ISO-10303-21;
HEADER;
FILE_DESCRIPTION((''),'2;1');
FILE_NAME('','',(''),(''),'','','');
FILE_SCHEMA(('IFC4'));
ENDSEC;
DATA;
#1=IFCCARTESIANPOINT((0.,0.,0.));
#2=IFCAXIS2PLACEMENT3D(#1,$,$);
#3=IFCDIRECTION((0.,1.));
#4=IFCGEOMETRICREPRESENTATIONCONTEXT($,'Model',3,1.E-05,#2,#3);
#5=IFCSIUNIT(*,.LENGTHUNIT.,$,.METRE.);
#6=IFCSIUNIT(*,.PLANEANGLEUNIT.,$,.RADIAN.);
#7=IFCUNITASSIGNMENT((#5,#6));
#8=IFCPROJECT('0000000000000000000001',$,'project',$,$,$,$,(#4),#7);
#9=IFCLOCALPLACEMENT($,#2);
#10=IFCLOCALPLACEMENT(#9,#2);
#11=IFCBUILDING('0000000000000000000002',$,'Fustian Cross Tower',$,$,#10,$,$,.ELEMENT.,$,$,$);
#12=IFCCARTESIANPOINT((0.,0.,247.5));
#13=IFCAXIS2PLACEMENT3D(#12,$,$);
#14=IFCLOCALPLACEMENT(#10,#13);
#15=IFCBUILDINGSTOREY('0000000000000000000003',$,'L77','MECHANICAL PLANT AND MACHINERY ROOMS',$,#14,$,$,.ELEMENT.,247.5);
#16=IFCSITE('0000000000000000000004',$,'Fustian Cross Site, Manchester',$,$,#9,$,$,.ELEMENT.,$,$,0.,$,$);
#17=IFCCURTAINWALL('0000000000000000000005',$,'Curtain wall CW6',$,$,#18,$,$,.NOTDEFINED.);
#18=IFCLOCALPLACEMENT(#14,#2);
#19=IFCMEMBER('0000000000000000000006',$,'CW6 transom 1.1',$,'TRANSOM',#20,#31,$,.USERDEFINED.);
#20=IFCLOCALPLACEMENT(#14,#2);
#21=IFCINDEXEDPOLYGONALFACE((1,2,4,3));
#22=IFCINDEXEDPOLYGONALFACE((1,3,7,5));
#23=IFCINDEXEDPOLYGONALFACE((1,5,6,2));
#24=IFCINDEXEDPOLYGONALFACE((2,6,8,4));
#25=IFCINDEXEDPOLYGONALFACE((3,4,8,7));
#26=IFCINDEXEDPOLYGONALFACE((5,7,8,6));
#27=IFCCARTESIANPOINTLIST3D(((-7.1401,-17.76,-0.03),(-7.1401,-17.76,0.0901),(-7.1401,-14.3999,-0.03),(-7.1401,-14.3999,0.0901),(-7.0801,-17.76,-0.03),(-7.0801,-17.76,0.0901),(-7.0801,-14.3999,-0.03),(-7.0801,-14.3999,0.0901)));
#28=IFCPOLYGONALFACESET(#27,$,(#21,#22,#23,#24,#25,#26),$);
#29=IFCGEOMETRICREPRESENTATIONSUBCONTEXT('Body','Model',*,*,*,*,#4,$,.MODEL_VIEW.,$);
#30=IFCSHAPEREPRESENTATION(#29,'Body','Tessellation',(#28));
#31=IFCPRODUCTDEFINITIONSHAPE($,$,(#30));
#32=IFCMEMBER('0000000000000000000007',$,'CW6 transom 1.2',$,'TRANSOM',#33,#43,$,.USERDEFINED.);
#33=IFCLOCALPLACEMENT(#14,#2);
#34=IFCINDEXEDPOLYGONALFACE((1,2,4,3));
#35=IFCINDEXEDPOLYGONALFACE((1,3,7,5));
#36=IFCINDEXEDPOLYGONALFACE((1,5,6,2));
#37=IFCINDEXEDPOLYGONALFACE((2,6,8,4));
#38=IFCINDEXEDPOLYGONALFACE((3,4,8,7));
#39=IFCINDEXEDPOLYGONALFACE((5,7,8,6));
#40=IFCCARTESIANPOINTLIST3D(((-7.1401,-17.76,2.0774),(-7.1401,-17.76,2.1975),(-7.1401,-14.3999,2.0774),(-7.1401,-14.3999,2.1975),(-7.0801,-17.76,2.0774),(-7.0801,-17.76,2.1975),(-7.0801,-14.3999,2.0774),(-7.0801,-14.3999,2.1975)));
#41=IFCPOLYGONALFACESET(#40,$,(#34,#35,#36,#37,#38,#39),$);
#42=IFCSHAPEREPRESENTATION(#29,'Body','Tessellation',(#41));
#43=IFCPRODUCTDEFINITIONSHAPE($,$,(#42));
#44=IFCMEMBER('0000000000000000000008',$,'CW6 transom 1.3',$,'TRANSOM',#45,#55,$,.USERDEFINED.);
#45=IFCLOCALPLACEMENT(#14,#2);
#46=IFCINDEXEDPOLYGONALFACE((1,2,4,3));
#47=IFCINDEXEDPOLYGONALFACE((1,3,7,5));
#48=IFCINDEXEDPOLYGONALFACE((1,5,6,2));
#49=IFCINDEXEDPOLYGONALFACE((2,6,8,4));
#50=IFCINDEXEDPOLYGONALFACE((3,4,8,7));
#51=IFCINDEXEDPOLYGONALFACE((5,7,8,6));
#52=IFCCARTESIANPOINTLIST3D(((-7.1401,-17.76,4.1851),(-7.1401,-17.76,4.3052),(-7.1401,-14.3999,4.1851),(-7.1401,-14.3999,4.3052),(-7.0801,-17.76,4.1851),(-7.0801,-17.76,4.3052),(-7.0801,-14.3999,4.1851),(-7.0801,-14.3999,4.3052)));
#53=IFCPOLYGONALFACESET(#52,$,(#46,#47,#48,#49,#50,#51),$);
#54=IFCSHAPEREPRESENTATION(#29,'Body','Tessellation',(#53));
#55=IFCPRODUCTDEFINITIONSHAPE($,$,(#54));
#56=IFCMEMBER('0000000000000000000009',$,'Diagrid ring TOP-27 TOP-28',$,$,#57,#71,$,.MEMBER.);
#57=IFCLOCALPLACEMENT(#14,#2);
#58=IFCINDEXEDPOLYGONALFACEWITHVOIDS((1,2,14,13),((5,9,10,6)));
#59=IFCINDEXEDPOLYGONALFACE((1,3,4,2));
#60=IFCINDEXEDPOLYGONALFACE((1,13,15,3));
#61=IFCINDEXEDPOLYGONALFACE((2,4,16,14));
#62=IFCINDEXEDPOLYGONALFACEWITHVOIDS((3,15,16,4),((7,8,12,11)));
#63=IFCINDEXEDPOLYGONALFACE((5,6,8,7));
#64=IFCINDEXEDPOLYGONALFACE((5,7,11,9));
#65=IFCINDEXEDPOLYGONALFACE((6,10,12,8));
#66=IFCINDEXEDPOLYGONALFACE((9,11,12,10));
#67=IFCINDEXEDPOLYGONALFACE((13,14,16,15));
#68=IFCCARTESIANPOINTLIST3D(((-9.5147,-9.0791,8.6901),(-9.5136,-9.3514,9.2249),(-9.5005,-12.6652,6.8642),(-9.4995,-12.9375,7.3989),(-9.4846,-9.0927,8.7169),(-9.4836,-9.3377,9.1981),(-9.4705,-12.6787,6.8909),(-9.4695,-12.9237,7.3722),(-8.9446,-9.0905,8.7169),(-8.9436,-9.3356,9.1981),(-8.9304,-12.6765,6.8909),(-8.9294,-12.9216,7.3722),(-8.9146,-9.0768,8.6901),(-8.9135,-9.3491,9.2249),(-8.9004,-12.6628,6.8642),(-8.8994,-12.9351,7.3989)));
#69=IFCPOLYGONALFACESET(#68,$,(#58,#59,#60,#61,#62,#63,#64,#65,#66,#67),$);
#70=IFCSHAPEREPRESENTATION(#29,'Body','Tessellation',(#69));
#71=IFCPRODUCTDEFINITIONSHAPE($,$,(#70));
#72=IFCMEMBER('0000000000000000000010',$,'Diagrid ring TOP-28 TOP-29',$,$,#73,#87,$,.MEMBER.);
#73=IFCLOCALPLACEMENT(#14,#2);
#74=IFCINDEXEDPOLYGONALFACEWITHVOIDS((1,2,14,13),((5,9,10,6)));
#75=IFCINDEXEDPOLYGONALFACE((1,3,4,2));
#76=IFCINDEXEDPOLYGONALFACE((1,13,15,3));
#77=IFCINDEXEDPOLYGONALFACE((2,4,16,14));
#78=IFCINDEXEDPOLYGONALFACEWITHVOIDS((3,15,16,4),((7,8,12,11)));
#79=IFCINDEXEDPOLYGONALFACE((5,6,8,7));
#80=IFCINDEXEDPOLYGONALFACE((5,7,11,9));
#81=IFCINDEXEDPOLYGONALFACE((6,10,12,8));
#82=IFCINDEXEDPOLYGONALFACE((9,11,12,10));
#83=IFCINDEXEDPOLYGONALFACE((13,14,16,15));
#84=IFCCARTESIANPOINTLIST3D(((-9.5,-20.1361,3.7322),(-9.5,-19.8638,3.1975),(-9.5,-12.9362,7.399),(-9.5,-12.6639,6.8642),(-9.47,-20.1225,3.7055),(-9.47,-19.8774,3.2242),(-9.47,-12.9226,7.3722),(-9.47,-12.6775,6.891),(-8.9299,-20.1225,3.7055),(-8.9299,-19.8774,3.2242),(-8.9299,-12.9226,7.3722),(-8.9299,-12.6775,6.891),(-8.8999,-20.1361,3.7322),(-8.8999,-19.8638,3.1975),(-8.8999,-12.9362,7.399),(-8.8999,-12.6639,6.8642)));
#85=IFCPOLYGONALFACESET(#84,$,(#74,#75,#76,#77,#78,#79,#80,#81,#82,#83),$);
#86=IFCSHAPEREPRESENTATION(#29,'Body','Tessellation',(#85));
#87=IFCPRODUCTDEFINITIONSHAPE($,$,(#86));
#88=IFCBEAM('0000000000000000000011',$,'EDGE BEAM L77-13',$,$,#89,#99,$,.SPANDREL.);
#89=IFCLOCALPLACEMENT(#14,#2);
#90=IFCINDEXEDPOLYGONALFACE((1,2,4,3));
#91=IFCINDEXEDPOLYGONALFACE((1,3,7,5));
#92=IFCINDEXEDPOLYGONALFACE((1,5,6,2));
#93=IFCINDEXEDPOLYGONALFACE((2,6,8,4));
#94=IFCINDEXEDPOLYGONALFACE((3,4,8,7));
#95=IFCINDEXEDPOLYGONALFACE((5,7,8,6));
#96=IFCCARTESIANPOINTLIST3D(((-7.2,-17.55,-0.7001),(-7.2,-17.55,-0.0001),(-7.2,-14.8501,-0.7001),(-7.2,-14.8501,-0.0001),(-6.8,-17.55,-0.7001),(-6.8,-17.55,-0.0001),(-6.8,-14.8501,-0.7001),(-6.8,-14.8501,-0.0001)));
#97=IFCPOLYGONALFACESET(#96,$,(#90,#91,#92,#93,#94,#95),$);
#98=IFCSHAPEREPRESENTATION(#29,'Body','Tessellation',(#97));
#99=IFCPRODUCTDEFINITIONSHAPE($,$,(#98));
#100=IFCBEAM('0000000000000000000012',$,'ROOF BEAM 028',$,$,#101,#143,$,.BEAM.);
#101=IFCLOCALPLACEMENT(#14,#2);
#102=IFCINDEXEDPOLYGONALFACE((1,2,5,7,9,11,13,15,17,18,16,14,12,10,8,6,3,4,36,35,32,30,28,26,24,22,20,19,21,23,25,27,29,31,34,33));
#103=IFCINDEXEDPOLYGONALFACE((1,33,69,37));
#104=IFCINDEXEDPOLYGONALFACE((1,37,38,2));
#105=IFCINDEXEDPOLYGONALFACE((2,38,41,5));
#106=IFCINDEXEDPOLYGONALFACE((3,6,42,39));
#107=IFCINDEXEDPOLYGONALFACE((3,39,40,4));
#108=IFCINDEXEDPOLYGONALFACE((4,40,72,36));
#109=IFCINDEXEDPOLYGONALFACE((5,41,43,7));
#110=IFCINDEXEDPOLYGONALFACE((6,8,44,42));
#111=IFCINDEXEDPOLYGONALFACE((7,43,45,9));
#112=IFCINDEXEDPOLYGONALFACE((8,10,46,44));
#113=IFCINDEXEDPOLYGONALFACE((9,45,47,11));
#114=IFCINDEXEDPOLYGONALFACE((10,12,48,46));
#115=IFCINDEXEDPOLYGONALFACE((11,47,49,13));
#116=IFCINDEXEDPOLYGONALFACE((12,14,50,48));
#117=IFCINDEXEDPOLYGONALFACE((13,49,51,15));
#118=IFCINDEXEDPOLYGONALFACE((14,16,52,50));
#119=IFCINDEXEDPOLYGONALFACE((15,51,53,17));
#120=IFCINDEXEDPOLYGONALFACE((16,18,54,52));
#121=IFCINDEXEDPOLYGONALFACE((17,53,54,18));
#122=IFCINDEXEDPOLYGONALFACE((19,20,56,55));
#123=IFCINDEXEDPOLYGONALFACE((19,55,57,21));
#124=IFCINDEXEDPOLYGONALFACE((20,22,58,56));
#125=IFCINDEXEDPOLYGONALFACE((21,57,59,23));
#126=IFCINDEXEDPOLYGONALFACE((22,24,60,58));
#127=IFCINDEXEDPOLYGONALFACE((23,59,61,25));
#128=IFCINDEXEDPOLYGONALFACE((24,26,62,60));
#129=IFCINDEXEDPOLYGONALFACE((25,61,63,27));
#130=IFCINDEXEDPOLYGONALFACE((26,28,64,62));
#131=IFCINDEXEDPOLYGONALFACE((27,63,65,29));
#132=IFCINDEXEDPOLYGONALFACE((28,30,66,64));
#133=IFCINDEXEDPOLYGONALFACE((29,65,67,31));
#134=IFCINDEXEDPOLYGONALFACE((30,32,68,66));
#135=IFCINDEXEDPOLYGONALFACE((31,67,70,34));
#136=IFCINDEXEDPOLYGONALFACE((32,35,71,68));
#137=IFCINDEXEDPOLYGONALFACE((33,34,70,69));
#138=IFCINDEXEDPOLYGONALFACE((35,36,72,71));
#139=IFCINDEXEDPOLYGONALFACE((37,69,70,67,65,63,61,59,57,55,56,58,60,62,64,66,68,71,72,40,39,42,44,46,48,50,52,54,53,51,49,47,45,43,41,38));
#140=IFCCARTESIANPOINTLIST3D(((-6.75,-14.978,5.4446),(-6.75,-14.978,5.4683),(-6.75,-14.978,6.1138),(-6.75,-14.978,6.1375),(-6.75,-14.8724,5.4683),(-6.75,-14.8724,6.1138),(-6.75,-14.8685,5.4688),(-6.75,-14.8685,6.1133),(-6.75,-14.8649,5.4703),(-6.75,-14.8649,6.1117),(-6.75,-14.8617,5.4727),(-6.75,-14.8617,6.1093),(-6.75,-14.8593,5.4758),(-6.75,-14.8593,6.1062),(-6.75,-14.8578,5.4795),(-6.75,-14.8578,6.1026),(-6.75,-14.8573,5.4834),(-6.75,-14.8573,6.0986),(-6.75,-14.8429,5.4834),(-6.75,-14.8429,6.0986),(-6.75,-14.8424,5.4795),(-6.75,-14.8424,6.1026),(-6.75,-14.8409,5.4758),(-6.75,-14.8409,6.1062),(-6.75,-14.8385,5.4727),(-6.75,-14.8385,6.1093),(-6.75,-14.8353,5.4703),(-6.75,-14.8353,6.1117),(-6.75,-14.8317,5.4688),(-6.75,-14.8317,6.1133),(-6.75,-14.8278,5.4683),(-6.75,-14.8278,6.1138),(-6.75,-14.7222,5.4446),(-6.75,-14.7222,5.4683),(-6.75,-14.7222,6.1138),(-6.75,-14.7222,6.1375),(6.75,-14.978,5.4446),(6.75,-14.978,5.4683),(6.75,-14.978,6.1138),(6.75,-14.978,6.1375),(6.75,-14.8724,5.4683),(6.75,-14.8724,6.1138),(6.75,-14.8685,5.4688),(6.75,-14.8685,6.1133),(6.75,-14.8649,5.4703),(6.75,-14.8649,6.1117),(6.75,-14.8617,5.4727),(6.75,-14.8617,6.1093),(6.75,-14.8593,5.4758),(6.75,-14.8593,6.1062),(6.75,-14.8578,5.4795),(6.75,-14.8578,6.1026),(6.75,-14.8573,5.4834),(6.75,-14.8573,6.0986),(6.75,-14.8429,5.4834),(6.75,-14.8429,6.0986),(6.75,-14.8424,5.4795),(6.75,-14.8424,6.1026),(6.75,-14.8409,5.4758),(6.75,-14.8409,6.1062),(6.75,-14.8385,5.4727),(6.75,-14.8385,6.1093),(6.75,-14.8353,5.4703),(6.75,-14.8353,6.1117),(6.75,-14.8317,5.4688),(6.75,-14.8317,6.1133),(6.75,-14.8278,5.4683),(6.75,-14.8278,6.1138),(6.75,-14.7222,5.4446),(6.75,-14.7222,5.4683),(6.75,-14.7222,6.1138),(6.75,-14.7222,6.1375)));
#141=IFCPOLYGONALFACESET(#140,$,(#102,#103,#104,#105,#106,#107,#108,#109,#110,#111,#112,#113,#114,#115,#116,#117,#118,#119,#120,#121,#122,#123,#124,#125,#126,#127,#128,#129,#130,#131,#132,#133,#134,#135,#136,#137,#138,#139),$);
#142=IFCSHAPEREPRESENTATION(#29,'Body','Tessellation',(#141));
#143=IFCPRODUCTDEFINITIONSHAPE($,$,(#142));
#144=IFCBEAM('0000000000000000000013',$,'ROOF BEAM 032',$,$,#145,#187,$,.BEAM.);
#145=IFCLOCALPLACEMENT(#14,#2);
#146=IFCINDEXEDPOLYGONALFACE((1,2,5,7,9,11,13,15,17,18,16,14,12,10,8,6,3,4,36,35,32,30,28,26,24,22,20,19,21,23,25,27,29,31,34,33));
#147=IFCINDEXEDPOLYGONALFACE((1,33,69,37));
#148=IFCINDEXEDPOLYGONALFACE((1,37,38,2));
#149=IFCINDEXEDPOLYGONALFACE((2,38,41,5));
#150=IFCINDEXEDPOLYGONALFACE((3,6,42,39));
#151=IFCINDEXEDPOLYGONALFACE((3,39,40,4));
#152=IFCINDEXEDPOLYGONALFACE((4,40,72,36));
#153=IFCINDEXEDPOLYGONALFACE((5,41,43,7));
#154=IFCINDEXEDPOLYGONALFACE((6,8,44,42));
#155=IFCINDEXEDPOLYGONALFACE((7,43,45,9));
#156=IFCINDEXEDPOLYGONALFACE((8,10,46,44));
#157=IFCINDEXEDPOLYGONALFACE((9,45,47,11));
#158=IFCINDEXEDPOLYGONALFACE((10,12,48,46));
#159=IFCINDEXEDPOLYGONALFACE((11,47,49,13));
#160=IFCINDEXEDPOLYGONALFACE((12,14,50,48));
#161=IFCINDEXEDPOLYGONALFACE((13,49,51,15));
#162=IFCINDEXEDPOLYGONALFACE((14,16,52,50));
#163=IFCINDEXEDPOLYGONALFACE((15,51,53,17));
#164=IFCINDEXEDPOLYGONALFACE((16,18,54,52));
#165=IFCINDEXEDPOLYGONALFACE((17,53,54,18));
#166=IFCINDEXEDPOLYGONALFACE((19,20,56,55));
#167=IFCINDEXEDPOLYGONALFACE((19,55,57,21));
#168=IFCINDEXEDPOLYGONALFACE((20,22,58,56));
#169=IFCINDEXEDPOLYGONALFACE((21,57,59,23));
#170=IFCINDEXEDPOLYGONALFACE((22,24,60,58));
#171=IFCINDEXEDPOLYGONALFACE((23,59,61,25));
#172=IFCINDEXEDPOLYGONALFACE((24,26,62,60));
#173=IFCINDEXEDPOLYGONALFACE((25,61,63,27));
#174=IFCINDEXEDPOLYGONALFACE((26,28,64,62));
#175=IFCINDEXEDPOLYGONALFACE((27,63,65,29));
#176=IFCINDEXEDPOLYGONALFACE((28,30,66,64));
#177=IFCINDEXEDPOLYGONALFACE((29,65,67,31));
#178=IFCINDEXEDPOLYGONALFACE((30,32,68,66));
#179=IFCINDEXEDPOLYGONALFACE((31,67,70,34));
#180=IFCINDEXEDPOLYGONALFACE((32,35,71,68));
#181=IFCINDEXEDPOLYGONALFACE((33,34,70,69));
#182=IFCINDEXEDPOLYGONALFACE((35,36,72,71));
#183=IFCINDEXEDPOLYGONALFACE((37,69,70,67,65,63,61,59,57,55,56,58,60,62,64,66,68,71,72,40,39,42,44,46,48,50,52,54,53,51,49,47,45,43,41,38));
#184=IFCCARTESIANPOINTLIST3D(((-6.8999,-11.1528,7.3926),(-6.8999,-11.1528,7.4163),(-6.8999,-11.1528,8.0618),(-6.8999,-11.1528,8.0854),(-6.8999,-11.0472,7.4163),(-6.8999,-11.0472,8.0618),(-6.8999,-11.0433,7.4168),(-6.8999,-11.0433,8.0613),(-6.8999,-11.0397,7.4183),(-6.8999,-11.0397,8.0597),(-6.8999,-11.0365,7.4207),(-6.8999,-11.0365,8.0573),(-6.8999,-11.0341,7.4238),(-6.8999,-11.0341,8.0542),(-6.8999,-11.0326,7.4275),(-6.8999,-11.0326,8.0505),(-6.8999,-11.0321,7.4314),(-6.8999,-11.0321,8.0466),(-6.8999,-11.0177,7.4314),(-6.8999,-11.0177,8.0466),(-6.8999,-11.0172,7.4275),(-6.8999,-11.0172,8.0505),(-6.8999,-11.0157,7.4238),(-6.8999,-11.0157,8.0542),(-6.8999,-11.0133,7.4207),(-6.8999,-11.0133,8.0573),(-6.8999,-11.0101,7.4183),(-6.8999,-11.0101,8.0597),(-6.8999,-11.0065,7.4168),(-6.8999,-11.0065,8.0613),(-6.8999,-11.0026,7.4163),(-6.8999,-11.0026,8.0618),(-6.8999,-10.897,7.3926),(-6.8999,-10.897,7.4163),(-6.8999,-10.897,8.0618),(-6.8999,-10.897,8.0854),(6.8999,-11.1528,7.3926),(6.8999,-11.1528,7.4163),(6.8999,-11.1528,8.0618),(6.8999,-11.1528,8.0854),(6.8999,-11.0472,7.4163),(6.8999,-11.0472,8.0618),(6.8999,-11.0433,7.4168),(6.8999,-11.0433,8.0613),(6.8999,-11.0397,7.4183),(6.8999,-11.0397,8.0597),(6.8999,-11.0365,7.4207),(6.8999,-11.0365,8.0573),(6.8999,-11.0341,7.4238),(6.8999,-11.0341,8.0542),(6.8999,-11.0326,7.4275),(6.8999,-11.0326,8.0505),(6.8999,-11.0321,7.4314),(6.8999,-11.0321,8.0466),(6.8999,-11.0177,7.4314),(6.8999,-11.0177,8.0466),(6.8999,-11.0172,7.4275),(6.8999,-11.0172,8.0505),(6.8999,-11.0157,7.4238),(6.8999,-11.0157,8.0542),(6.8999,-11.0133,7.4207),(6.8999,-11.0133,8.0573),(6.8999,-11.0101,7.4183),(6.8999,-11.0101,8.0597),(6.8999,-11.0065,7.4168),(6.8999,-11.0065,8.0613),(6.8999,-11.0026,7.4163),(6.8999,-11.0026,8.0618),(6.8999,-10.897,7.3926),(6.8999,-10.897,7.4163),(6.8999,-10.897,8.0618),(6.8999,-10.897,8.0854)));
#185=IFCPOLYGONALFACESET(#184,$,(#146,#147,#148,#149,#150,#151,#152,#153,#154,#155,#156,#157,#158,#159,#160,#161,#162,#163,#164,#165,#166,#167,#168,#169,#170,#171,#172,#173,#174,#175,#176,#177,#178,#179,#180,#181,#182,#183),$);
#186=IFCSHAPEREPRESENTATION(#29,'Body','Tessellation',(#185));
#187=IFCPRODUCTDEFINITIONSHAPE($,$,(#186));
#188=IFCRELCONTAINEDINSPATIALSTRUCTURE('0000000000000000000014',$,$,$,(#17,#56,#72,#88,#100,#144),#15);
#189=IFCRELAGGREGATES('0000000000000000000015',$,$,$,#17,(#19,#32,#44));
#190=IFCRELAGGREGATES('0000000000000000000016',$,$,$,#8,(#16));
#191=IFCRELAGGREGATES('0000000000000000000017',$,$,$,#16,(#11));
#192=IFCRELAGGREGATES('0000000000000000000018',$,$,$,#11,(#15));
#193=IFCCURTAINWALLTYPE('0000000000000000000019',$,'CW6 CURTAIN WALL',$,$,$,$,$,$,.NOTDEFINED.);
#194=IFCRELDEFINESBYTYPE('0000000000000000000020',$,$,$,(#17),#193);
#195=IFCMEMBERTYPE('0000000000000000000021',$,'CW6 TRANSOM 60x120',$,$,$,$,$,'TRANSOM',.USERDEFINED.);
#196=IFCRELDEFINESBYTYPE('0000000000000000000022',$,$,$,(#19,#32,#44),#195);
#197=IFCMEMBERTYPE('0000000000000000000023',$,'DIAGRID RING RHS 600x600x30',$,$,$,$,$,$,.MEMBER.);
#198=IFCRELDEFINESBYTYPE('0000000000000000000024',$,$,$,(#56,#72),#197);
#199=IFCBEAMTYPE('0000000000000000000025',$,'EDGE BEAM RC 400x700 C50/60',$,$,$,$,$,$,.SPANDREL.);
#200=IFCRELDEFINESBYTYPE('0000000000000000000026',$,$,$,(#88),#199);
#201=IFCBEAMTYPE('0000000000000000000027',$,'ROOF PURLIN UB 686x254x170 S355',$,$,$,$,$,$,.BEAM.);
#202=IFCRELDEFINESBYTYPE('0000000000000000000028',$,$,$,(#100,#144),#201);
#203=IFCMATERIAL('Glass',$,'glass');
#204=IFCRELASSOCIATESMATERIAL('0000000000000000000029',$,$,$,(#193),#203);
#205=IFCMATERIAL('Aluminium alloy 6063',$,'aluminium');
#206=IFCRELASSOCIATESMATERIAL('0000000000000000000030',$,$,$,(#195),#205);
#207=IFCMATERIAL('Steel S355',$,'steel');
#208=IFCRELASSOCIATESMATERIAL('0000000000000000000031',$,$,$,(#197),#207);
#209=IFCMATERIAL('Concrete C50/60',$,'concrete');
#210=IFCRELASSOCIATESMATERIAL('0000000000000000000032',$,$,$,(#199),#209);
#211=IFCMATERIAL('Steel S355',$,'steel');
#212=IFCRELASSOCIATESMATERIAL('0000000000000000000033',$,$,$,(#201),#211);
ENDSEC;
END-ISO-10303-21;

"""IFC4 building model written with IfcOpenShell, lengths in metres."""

from ifc_helpers import new_model, si_unit, direction, frame, origin, origin_2d, place, context, subcontext, project, spatial, rectangle, hollow_rectangle, i_section, extrude, material, material_profile, profile_set, type_object, element, aggregate, save


model = new_model("IFC4")

# Units and contexts
model_context = context("Model", 3, precision=1e-05, world=origin(), true_north=direction((0.0, 1.0)))
body_context = subcontext(model_context, "Body", "Model", "MODEL_VIEW")
ifc_project = project(units=[si_unit("LENGTHUNIT", "METRE"), si_unit("PLANEANGLEUNIT", "RADIAN")], contexts=[model_context])

# Site, building, storey
site_placement = place(None, origin())
site = spatial("IfcSite", under=ifc_project, at=site_placement, Name="Fustian Cross Site, Manchester", CompositionType="ELEMENT", RefElevation=0.0)
building_placement = place(site_placement, origin())
building = spatial("IfcBuilding", under=site, at=building_placement, Name="Fustian Cross Tower", CompositionType="ELEMENT")
storey_placement = place(building_placement, frame((0.0, 0.0, 247.5)))
storey = spatial("IfcBuildingStorey", under=building, at=storey_placement, Name="L77", Description="MECHANICAL PLANT AND MACHINERY ROOMS", CompositionType="ELEMENT", Elevation=247.5)

# Shared definitions
ifc_material_1 = material(Name="Glass", Category="glass")
curtain_wall_type = type_object("IfcCurtainWallType", Name="CW6 CURTAIN WALL", PredefinedType="NOTDEFINED", material=ifc_material_1)

# Curtain wall
curtain_wall_1_placement = place(storey_placement, origin())
curtain_wall_1 = element("IfcCurtainWall", 1, at=curtain_wall_1_placement, inside=storey, type_object=curtain_wall_type, Name="Curtain wall CW6", PredefinedType="NOTDEFINED")

# Members
ifc_material_2 = material(Name="Aluminium alloy 6063", Category="aluminium")
ifc_material_profile_1 = material_profile(ifc_material_2, rectangle(XDim=0.0601, YDim=0.1201, at=origin_2d()), Name="CW6 TRANSOM 60x120")
ifc_profile_set_1 = profile_set([ifc_material_profile_1], Name="Aluminium alloy 6063")
member_type_1 = type_object("IfcMemberType", Name="CW6 TRANSOM 60x120", ElementType="TRANSOM", PredefinedType="USERDEFINED", material=ifc_profile_set_1)
member_1_placement = place(storey_placement, frame((-7.1101, -14.3999, 0.03), z_axis=(0.0, -1.0, 0.0), x_axis=(1.0, 0.0, 0.0)))
member_1 = element("IfcMember", 2, at=member_1_placement, type_object=member_type_1, Name="CW6 transom 1.1", ObjectType="TRANSOM", PredefinedType="USERDEFINED", context=body_context, shape_type="SweptSolid", body=[
    extrude(rectangle(XDim=0.0601, YDim=0.1201, at=origin_2d()), origin(), (0.0, 0.0, 1.0), 3.3601),
])
member_2_placement = place(storey_placement, frame((-7.1101, -14.3999, 2.1375), z_axis=(0.0, -1.0, 0.0), x_axis=(1.0, 0.0, 0.0)))
member_2 = element("IfcMember", 3, at=member_2_placement, type_object=member_type_1, Name="CW6 transom 1.2", ObjectType="TRANSOM", PredefinedType="USERDEFINED", context=body_context, shape_type="SweptSolid", body=[
    extrude(rectangle(XDim=0.0601, YDim=0.1201, at=origin_2d()), origin(), (0.0, 0.0, 1.0), 3.3601),
])
member_3_placement = place(storey_placement, frame((-7.1101, -14.3999, 4.2451), z_axis=(0.0, -1.0, 0.0), x_axis=(1.0, 0.0, 0.0)))
member_3 = element("IfcMember", 4, at=member_3_placement, type_object=member_type_1, Name="CW6 transom 1.3", ObjectType="TRANSOM", PredefinedType="USERDEFINED", context=body_context, shape_type="SweptSolid", body=[
    extrude(rectangle(XDim=0.0601, YDim=0.1201, at=origin_2d()), origin(), (0.0, 0.0, 1.0), 3.3601),
])

# Members
ifc_material_3 = material(Name="Steel S355", Category="steel")
ifc_material_profile_2 = material_profile(ifc_material_3, hollow_rectangle(XDim=0.6001, YDim=0.6001, WallThickness=0.03, at=origin_2d()), Name="RHS 600x600x30")
ifc_profile_set_2 = profile_set([ifc_material_profile_2], Name="Steel S355")
member_type_2 = type_object("IfcMemberType", Name="DIAGRID RING RHS 600x600x30", PredefinedType="MEMBER", material=ifc_profile_set_2)
member_4_placement = place(storey_placement, frame((-9.2141, -9.2141, 8.9575), z_axis=(0.003519, -0.891121, -0.453751), x_axis=(0.999992, 0.003949, 0.0)))
element("IfcMember", 5, at=member_4_placement, inside=storey, type_object=member_type_2, Name="Diagrid ring TOP-27 TOP-28", PredefinedType="MEMBER", context=body_context, shape_type="SweptSolid", body=[
    extrude(hollow_rectangle(XDim=0.6001, YDim=0.6001, WallThickness=0.03, at=origin_2d()), origin(), (0.0, 0.0, 1.0), 4.0242),
])
member_5_placement = place(storey_placement, frame((-9.2, -12.8, 7.1316), z_axis=(0.0, -0.891097, -0.453813), x_axis=(1.0, 0.0, 0.0)))
element("IfcMember", 6, at=member_5_placement, inside=storey, type_object=member_type_2, Name="Diagrid ring TOP-28 TOP-29", PredefinedType="MEMBER", context=body_context, shape_type="SweptSolid", body=[
    extrude(hollow_rectangle(XDim=0.6001, YDim=0.6001, WallThickness=0.03, at=origin_2d()), origin(), (0.0, 0.0, 1.0), 8.0798),
])

# Beams
ifc_material_4 = material(Name="Concrete C50/60", Category="concrete")
ifc_material_profile_3 = material_profile(ifc_material_4, rectangle(XDim=0.3999, YDim=0.7, at=origin_2d()), Name="RC 400x700")
ifc_profile_set_3 = profile_set([ifc_material_profile_3], Name="Concrete C50/60")
beam_type_1 = type_object("IfcBeamType", Name="EDGE BEAM RC 400x700 C50/60", PredefinedType="SPANDREL", material=ifc_profile_set_3)
beam_1_placement = place(storey_placement, frame((-7.0, -14.8501, -0.3501), z_axis=(0.0, -1.0, 0.0), x_axis=(1.0, 0.0, 0.0)))
element("IfcBeam", 7, at=beam_1_placement, inside=storey, type_object=beam_type_1, Name="EDGE BEAM L77-13", PredefinedType="SPANDREL", context=body_context, shape_type="SweptSolid", body=[
    extrude(rectangle(XDim=0.3999, YDim=0.7, at=origin_2d()), origin(), (0.0, 0.0, 1.0), 2.7),
])
ifc_material_5 = material(Name="Steel S355", Category="steel")
ifc_material_profile_4 = material_profile(ifc_material_5, i_section(OverallWidth=0.2559, OverallDepth=0.6929, WebThickness=0.0144, FlangeThickness=0.0237, FilletRadius=0.0151, at=origin_2d()), Name="UB 686x254x170")
ifc_profile_set_4 = profile_set([ifc_material_profile_4], Name="Steel S355")
beam_type_2 = type_object("IfcBeamType", Name="ROOF PURLIN UB 686x254x170 S355", PredefinedType="BEAM", material=ifc_profile_set_4)
beam_2_placement = place(storey_placement, frame((-6.75, -14.8501, 5.791), z_axis=(1.0, 0.0, 0.0), x_axis=(0.0, 1.0, 0.0)))
element("IfcBeam", 8, at=beam_2_placement, inside=storey, type_object=beam_type_2, Name="ROOF BEAM 028", PredefinedType="BEAM", context=body_context, shape_type="SweptSolid", body=[
    extrude(i_section(OverallWidth=0.2559, OverallDepth=0.6929, WebThickness=0.0144, FlangeThickness=0.0237, FilletRadius=0.0151, at=origin_2d()), origin(), (0.0, 0.0, 1.0), 13.5),
])
beam_3_placement = place(storey_placement, frame((-6.8999, -11.0249, 7.739), z_axis=(1.0, 0.0, 0.0), x_axis=(0.0, 1.0, 0.0)))
element("IfcBeam", 9, at=beam_3_placement, inside=storey, type_object=beam_type_2, Name="ROOF BEAM 032", PredefinedType="BEAM", context=body_context, shape_type="SweptSolid", body=[
    extrude(i_section(OverallWidth=0.2559, OverallDepth=0.6929, WebThickness=0.0144, FlangeThickness=0.0237, FilletRadius=0.0151, at=origin_2d()), origin(), (0.0, 0.0, 1.0), 13.7998),
])

aggregate(curtain_wall_1, [member_1, member_2, member_3])

save(model, "model.ifc")
